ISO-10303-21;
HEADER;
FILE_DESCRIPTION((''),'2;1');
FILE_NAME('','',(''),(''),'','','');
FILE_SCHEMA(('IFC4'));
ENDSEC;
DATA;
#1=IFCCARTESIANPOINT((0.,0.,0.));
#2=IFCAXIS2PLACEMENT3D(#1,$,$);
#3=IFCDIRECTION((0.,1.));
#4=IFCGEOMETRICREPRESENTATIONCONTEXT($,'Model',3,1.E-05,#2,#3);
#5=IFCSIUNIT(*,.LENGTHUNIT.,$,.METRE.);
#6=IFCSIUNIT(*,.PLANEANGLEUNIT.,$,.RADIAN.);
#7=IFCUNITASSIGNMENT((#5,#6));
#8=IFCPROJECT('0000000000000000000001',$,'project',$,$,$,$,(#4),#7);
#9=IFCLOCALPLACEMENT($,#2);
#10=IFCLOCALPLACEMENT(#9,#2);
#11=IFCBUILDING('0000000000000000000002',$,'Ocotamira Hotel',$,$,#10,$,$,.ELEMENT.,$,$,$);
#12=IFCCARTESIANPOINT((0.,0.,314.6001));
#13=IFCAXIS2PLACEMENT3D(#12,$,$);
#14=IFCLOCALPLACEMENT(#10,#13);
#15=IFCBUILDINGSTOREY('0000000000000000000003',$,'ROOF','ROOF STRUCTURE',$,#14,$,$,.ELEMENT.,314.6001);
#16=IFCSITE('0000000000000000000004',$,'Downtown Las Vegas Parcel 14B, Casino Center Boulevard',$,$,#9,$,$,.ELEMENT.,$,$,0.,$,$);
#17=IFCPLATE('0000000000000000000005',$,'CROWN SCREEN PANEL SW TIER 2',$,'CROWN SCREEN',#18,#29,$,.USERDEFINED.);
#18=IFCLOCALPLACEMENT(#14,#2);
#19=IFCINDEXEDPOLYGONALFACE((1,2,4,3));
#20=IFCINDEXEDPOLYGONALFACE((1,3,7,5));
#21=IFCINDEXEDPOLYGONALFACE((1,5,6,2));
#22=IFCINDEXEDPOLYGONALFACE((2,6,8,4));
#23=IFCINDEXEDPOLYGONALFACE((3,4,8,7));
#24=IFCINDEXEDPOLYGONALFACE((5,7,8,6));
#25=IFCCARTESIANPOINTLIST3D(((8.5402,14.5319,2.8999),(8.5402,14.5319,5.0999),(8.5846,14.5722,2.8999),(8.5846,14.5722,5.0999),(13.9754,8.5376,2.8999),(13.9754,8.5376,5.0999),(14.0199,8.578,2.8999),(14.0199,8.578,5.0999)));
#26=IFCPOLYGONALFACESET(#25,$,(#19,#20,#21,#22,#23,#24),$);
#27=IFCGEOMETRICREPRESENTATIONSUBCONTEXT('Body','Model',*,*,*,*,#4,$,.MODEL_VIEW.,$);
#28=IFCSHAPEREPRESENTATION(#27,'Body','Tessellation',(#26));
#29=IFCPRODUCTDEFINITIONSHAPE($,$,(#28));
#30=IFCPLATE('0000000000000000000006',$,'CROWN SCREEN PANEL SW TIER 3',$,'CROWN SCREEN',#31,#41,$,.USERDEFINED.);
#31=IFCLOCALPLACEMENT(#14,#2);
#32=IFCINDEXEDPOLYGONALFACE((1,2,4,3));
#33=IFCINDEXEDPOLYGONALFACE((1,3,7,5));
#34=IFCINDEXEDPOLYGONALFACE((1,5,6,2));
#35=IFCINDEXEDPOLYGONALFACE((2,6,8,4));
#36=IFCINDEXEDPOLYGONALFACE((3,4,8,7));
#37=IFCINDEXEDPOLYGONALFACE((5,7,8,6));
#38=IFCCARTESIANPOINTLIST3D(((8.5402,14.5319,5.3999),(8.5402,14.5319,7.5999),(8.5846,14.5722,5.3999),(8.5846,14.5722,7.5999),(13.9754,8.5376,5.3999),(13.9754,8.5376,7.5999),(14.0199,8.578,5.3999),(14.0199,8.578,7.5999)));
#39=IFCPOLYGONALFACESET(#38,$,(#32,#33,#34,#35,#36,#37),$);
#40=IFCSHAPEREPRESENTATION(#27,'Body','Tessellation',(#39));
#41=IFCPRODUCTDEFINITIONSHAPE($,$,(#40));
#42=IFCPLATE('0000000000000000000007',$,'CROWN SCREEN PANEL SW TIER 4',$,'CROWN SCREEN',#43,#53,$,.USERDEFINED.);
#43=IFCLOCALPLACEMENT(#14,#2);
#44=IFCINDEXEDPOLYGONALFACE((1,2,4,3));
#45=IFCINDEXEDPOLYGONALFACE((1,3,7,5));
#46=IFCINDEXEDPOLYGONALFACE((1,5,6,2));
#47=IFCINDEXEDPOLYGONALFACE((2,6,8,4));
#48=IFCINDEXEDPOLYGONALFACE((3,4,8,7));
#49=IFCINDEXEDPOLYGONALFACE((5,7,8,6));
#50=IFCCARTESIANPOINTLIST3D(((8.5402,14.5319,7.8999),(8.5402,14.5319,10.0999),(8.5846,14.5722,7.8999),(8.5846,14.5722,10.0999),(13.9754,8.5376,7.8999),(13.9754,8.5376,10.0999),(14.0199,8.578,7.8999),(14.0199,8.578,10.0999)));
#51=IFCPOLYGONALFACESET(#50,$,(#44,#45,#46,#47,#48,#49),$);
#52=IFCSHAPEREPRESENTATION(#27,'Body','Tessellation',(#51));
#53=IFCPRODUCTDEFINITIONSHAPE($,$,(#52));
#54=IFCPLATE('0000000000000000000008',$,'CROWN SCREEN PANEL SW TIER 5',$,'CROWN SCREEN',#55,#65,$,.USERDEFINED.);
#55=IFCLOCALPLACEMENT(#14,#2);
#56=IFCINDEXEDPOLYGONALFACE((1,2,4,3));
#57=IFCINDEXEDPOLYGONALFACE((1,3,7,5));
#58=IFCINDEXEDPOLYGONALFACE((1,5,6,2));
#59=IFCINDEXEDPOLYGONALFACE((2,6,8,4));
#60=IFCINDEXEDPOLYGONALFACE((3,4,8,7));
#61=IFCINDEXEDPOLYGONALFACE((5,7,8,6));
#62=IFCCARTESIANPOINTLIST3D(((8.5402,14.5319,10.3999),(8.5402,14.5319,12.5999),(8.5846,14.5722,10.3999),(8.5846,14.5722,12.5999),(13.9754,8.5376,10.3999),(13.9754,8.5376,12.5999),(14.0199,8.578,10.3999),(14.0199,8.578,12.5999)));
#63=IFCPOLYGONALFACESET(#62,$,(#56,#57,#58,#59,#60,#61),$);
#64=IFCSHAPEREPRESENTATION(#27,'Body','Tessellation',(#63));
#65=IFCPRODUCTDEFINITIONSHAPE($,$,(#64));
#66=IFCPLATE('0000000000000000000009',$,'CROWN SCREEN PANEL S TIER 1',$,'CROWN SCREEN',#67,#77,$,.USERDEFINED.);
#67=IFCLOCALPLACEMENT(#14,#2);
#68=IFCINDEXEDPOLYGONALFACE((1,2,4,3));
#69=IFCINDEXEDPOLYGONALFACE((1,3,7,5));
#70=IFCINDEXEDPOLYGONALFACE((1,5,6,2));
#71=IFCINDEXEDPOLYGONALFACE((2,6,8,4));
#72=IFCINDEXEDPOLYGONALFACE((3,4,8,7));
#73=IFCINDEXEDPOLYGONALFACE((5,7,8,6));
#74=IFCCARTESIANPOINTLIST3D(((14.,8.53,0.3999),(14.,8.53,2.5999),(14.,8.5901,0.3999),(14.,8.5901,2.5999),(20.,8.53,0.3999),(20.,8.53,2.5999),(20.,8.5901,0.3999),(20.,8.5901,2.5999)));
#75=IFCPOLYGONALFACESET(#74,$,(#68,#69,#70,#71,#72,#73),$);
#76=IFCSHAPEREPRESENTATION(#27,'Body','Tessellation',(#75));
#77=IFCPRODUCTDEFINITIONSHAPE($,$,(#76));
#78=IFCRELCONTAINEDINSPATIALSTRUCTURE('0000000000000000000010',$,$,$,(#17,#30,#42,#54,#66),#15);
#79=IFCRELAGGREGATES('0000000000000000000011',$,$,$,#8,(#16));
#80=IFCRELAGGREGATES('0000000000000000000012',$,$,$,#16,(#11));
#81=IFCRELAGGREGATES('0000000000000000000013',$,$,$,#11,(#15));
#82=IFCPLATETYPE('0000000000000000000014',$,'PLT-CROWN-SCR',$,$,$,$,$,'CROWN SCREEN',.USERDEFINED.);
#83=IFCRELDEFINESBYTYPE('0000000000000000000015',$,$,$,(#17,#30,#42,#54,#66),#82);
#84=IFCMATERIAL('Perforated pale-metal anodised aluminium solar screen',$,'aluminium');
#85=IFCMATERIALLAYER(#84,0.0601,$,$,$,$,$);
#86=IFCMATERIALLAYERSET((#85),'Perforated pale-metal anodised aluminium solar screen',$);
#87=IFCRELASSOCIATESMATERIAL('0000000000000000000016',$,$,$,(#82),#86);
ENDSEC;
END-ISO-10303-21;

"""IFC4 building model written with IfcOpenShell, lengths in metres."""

from ifc_helpers import new_model, si_unit, direction, frame, origin, origin_2d, place, context, subcontext, project, spatial, rectangle, extrude, source, transform, mapped, material, layer, layer_set, type_object, element, save


model = new_model("IFC4")

# Units and contexts
model_context = context("Model", 3, precision=1e-05, world=origin(), true_north=direction((0.0, 1.0)))
body_context = subcontext(model_context, "Body", "Model", "MODEL_VIEW")
ifc_project = project(units=[si_unit("LENGTHUNIT", "METRE"), si_unit("PLANEANGLEUNIT", "RADIAN")], contexts=[model_context])

# Site, building, storey
site_placement = place(None, origin())
site = spatial("IfcSite", under=ifc_project, at=site_placement, Name="Downtown Las Vegas Parcel 14B, Casino Center Boulevard", CompositionType="ELEMENT", RefElevation=0.0)
building_placement = place(site_placement, origin())
building = spatial("IfcBuilding", under=site, at=building_placement, Name="Ocotamira Hotel", CompositionType="ELEMENT")
storey_placement = place(building_placement, frame((0.0, 0.0, 314.6001)))
storey = spatial("IfcBuildingStorey", under=building, at=storey_placement, Name="ROOF", Description="ROOF STRUCTURE", CompositionType="ELEMENT", Elevation=314.6001)

# Plates
ifc_material_1 = material(Name="Perforated pale-metal anodised aluminium solar screen", Category="aluminium")
ifc_layer_1 = layer(ifc_material_1, 0.0601)
ifc_layer_set_1 = layer_set([ifc_layer_1], Name="Perforated pale-metal anodised aluminium solar screen")
plate_type_1 = type_object("IfcPlateType", Name="PLT-CROWN-SCR", ElementType="CROWN SCREEN", PredefinedType="USERDEFINED", material=ifc_layer_set_1)
shared_shape_1 = source(origin(), body_context, "Body", "SweptSolid", [
    extrude(rectangle(XDim=8.0916, YDim=0.0601, at=origin_2d()), origin(), (0.0, 0.0, 1.0), 2.2),
])
for number, where, z_axis, x_axis, name in (
    (1, (11.28, 11.5549, 2.8999), (0.0, 0.0, 1.0), (0.671721, -0.740805, 0.0), "CROWN SCREEN PANEL SW TIER 2"),
    (2, (11.28, 11.5549, 5.3999), (0.0, 0.0, 1.0), (0.671721, -0.740805, 0.0), "CROWN SCREEN PANEL SW TIER 3"),
    (3, (11.28, 11.5549, 7.8999), (0.0, 0.0, 1.0), (0.671721, -0.740805, 0.0), "CROWN SCREEN PANEL SW TIER 4"),
    (4, (11.28, 11.5549, 10.3999), (0.0, 0.0, 1.0), (0.671721, -0.740805, 0.0), "CROWN SCREEN PANEL SW TIER 5"),
):
    element("IfcPlate", number, at=place(storey_placement, frame(where, z_axis=z_axis, x_axis=x_axis)), inside=storey, type_object=plate_type_1, Name=name, ObjectType="CROWN SCREEN", PredefinedType="USERDEFINED", context=body_context, shape_type="MappedRepresentation", body=[
        mapped(shared_shape_1, transform((0.0, 0.0, 0.0), scale=1.0)),
    ])
shared_shape_2 = source(origin(), body_context, "Body", "SweptSolid", [
    extrude(rectangle(XDim=6.0, YDim=0.0601, at=origin_2d()), origin(), (0.0, 0.0, 1.0), 2.2),
])
plate_placement = place(storey_placement, frame((17.0, 8.5601, 0.3999), z_axis=(0.0, 0.0, 1.0), x_axis=(1.0, 0.0, 0.0)))
element("IfcPlate", 5, at=plate_placement, inside=storey, type_object=plate_type_1, Name="CROWN SCREEN PANEL S TIER 1", ObjectType="CROWN SCREEN", PredefinedType="USERDEFINED", context=body_context, shape_type="MappedRepresentation", body=[
    mapped(shared_shape_2, transform((0.0, 0.0, 0.0), scale=1.0)),
])

save(model, "model.ifc")
